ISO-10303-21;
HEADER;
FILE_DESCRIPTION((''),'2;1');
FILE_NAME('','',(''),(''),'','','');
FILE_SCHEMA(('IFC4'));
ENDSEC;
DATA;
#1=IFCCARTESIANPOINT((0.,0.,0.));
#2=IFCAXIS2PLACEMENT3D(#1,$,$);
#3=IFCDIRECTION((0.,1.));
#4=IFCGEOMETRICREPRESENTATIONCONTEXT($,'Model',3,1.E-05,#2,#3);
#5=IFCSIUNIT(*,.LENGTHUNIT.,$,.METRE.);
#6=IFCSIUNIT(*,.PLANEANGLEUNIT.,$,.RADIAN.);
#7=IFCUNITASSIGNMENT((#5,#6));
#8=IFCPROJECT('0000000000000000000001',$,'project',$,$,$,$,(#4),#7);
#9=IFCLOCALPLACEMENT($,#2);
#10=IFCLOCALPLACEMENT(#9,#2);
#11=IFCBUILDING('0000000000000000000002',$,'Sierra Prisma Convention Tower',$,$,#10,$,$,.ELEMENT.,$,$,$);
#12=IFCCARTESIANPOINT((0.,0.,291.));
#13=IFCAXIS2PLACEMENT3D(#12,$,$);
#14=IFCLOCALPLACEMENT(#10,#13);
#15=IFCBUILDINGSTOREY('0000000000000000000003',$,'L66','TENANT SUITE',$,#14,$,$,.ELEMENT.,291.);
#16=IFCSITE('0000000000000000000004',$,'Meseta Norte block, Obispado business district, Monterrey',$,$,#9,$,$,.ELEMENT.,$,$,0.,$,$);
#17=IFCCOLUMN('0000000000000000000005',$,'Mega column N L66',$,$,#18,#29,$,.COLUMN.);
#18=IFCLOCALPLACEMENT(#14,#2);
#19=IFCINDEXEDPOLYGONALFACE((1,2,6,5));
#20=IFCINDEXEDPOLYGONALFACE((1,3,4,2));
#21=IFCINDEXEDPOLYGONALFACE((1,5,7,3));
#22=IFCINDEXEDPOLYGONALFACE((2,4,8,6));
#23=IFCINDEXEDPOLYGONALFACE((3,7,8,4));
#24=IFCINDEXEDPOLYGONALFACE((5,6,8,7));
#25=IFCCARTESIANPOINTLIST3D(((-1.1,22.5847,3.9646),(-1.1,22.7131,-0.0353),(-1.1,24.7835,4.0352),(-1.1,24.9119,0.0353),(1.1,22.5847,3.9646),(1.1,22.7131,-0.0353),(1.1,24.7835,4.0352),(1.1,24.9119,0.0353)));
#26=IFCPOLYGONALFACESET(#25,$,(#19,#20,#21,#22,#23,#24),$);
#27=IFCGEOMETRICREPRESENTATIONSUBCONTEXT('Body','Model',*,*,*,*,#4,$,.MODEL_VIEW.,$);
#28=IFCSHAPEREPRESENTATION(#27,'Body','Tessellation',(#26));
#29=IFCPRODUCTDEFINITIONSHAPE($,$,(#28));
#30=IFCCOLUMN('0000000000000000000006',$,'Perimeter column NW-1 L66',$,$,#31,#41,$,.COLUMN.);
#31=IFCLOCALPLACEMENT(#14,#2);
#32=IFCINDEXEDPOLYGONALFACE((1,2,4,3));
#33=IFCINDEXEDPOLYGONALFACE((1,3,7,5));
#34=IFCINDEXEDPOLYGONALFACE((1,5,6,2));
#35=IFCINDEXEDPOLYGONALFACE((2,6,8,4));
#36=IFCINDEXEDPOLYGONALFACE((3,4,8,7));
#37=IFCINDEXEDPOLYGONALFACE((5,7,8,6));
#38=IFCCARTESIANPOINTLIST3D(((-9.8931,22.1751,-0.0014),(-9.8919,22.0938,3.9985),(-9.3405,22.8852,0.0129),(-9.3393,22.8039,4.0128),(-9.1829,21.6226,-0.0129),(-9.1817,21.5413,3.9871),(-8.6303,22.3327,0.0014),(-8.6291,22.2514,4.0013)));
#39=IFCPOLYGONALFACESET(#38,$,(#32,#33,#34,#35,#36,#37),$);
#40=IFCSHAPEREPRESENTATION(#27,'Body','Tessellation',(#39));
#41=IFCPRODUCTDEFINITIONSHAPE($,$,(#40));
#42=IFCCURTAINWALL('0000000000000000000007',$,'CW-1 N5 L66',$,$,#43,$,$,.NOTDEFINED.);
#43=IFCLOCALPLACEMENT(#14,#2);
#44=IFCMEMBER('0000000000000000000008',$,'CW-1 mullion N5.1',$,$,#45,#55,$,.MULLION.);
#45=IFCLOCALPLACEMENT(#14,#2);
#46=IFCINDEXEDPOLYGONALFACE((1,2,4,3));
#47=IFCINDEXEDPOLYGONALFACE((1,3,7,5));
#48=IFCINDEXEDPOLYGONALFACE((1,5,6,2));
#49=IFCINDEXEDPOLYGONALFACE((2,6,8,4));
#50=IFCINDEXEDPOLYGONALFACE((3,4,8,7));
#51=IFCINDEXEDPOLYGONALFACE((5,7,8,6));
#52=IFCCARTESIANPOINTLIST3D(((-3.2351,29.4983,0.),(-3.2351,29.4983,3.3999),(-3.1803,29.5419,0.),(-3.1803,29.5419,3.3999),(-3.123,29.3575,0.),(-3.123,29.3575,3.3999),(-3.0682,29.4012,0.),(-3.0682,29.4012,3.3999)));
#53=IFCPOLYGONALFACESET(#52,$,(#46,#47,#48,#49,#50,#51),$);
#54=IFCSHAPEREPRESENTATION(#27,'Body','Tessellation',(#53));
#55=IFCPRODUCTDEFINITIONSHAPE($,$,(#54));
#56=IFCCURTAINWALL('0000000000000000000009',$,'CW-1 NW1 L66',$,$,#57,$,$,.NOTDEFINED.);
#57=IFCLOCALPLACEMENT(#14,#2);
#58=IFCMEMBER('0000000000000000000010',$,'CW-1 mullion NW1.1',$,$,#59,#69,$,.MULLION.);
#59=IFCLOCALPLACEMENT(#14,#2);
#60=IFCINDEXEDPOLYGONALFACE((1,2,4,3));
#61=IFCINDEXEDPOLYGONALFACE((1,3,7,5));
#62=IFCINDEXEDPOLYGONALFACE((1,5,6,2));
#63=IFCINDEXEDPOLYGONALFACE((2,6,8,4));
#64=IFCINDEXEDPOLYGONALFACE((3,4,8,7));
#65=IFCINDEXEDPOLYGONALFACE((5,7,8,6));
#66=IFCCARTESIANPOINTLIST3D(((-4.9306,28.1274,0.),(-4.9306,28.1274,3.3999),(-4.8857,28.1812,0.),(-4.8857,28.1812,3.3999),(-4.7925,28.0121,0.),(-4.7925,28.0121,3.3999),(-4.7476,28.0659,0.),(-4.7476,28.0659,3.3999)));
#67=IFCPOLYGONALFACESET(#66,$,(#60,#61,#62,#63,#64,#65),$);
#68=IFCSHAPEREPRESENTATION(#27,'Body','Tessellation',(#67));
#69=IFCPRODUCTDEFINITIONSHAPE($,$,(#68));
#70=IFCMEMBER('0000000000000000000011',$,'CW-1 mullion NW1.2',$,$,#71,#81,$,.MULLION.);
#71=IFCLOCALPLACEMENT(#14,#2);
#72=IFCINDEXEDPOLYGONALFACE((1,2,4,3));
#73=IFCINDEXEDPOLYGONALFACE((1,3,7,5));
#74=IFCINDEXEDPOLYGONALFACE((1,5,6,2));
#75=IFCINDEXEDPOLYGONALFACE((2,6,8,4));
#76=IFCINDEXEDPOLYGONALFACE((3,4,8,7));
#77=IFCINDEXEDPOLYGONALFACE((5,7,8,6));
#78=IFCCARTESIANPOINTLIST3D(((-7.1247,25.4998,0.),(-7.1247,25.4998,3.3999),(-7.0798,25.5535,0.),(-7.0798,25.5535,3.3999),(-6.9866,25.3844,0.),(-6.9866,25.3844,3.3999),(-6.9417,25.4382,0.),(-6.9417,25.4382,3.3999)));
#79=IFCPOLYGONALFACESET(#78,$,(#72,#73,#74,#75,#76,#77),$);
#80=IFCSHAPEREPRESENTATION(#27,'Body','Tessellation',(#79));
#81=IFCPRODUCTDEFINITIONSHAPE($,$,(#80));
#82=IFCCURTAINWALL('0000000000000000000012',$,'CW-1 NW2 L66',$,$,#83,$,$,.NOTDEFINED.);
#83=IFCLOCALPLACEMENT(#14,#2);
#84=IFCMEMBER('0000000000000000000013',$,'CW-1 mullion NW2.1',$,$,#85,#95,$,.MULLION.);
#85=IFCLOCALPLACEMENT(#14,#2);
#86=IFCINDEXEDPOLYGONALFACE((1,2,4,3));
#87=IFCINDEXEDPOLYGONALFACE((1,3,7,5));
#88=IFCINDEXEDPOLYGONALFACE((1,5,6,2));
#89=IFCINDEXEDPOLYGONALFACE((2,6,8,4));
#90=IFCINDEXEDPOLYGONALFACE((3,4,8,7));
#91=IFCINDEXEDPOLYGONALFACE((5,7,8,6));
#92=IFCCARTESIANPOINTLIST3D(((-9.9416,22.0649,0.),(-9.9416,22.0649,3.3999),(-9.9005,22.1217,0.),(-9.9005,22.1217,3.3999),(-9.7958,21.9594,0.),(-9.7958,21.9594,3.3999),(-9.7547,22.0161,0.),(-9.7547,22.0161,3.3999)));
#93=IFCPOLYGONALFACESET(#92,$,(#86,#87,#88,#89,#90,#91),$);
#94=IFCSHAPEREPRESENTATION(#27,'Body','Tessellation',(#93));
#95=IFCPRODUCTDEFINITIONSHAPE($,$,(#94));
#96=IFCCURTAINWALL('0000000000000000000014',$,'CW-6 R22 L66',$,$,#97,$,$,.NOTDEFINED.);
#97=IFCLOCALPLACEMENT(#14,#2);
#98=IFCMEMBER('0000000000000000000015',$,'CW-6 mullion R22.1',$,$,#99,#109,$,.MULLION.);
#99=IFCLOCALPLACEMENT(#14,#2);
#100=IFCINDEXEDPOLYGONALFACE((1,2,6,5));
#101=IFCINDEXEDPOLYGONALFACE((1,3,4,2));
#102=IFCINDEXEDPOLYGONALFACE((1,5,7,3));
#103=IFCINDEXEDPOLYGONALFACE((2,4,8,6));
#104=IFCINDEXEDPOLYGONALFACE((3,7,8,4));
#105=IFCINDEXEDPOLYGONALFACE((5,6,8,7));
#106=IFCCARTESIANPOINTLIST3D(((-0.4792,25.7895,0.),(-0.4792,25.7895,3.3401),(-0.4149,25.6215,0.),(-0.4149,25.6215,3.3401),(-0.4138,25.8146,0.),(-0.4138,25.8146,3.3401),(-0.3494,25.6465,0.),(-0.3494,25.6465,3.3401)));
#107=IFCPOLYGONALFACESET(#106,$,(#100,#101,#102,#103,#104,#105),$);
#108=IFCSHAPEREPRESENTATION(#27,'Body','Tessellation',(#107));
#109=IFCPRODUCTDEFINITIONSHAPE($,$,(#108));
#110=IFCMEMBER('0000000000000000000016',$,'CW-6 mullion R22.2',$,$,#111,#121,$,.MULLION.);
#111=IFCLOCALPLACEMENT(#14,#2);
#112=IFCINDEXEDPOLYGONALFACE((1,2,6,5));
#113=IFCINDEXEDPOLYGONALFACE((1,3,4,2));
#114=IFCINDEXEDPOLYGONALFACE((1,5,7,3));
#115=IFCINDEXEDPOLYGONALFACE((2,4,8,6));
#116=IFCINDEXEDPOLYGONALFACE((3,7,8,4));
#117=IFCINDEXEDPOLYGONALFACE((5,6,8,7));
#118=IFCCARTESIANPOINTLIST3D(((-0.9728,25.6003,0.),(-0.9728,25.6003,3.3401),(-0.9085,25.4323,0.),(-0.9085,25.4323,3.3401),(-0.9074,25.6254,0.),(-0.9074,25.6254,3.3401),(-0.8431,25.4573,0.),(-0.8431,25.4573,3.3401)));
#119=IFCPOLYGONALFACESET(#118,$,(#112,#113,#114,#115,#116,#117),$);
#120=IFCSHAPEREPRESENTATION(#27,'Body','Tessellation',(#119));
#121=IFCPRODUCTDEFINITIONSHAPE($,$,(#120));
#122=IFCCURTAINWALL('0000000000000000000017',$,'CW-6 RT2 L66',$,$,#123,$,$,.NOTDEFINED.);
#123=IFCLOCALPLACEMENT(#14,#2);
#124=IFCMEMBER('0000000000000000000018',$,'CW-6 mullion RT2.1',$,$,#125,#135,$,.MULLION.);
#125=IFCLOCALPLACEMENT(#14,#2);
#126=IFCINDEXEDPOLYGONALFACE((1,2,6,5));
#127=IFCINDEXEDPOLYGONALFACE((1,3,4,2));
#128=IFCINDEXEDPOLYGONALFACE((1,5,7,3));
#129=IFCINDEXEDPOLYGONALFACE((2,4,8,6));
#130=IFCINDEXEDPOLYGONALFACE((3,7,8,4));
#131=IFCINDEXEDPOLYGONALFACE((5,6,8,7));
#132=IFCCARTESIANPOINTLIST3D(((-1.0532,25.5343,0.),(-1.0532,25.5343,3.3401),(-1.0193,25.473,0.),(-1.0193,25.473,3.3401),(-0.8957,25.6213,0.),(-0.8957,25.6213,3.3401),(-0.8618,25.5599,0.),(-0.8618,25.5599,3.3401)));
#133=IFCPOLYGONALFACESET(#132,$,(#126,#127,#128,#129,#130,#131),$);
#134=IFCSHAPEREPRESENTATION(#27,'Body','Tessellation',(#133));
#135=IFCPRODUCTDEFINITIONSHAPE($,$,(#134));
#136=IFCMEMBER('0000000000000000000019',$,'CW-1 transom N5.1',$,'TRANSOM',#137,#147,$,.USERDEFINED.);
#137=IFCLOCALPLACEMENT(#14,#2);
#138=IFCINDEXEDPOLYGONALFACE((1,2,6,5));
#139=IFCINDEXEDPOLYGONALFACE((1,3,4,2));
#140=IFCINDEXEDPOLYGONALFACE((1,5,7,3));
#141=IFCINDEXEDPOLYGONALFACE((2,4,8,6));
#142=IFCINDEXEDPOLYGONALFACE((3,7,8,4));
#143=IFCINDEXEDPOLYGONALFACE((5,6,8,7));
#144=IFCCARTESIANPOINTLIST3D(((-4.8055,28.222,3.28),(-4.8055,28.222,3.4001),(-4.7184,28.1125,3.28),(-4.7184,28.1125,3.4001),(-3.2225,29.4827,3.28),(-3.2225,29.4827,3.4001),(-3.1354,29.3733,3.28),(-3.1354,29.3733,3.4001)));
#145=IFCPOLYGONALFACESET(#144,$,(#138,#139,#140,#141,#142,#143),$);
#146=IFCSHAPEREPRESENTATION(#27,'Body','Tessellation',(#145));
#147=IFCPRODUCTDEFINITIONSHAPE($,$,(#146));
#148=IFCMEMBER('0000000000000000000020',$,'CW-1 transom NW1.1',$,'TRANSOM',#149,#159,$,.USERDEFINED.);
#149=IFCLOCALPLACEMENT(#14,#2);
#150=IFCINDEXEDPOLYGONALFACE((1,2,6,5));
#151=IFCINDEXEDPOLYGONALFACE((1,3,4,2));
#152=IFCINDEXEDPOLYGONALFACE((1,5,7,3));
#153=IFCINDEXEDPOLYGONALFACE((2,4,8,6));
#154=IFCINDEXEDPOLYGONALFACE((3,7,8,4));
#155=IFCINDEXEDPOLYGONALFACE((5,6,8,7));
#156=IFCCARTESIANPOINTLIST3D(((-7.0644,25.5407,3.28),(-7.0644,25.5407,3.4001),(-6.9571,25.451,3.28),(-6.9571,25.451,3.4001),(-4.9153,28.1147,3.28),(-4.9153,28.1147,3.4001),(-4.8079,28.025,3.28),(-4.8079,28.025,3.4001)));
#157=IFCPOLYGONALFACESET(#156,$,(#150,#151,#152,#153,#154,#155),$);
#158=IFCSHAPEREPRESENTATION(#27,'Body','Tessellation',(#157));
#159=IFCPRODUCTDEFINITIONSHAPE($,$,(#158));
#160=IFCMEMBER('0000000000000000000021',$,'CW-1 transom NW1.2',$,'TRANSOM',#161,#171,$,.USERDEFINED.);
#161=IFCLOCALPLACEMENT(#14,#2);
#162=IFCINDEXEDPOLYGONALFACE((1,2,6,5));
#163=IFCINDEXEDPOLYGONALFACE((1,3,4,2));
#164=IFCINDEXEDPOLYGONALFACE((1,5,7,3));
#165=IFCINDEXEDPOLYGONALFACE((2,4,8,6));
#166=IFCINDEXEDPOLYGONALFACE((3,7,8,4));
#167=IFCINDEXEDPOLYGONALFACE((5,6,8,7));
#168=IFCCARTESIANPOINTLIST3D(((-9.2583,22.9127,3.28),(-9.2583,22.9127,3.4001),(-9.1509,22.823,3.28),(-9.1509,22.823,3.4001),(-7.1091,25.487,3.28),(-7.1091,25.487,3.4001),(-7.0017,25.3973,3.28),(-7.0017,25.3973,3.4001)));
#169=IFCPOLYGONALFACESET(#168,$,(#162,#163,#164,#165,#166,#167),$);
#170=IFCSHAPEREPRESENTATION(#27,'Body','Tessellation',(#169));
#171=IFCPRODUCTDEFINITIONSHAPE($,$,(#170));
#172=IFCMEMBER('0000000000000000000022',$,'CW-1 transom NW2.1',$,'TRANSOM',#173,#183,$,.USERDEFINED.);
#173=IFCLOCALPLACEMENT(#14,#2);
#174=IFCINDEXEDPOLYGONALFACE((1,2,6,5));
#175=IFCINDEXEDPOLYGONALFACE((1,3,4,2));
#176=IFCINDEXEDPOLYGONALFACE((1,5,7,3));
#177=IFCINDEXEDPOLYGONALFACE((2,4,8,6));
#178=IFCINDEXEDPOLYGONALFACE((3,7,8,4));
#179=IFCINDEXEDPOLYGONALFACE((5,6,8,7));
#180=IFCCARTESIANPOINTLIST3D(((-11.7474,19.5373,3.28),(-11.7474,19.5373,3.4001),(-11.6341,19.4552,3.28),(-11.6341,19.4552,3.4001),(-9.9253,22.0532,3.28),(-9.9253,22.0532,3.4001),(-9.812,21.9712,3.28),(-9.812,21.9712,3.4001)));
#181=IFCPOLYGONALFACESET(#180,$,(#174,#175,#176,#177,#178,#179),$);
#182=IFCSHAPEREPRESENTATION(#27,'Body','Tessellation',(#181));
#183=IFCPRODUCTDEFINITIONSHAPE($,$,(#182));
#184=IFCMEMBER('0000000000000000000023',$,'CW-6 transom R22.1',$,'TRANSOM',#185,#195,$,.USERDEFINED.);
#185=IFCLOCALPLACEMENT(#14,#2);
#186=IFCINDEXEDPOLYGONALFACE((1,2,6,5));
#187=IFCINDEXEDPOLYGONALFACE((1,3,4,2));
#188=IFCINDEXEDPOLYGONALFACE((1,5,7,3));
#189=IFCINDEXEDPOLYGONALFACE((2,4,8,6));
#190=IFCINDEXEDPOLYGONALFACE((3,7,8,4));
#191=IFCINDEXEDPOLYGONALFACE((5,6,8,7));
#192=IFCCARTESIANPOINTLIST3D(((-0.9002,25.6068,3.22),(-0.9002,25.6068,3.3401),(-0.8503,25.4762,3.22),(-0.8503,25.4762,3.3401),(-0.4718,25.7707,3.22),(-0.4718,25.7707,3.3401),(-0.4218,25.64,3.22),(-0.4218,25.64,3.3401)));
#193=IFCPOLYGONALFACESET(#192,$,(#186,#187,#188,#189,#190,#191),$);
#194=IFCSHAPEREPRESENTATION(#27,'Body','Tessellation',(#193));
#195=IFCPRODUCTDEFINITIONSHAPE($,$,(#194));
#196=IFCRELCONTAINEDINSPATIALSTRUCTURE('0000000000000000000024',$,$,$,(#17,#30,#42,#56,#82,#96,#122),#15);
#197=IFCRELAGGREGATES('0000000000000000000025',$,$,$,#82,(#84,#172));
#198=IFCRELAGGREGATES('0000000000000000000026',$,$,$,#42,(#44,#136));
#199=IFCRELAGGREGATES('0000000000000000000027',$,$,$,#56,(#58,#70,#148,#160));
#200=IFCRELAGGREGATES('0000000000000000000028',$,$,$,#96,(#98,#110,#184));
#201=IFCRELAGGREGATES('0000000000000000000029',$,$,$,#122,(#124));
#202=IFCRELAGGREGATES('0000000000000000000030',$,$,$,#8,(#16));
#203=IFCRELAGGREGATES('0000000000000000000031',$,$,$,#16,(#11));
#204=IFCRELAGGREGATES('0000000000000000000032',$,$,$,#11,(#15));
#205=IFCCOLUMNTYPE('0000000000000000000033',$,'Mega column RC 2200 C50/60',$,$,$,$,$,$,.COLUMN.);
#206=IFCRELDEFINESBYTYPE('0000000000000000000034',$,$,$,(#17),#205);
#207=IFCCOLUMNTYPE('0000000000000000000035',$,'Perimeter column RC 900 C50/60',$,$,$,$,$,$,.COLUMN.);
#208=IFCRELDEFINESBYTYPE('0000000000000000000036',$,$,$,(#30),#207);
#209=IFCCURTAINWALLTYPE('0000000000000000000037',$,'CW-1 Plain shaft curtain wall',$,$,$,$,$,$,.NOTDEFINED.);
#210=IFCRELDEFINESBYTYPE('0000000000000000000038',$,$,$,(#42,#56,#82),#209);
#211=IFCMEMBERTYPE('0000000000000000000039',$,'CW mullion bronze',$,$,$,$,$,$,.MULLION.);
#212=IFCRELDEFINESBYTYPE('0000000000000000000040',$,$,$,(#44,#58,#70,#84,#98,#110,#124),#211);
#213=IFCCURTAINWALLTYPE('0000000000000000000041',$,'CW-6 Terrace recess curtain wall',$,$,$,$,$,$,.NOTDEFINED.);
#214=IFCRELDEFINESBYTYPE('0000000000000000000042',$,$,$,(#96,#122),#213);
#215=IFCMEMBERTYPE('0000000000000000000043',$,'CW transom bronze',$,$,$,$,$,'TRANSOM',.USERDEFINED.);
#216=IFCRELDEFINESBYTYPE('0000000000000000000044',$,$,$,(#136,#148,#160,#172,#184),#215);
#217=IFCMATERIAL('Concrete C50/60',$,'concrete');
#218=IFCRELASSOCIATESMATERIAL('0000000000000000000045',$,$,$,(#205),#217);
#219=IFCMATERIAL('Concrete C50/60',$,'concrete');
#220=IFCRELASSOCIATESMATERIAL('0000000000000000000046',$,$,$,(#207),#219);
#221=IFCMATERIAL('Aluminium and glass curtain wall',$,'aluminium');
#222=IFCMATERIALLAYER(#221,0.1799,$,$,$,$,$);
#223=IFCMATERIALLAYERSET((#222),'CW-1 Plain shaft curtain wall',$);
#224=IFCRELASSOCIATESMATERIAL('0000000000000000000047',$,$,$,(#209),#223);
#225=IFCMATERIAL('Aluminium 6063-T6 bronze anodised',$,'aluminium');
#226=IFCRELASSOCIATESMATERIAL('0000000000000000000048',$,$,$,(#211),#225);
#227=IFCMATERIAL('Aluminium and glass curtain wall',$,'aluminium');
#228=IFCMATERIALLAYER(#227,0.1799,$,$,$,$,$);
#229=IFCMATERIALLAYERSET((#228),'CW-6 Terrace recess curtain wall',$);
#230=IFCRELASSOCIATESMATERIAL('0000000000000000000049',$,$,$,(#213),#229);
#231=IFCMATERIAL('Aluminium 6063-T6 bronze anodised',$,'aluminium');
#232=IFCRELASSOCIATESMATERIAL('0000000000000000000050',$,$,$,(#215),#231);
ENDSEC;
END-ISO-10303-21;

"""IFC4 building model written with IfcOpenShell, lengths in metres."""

from ifc_helpers import new_model, si_unit, direction, frame, origin, origin_2d, place, context, subcontext, project, spatial, rectangle, extrude, material, layer, layer_set, material_profile, profile_set, type_object, element, aggregate, save


model = new_model("IFC4")

# Units and contexts
model_context = context("Model", 3, precision=1e-05, world=origin(), true_north=direction((0.0, 1.0)))
body_context = subcontext(model_context, "Body", "Model", "MODEL_VIEW")
ifc_project = project(units=[si_unit("LENGTHUNIT", "METRE"), si_unit("PLANEANGLEUNIT", "RADIAN")], contexts=[model_context])

# Site, building, storey
site_placement = place(None, origin())
site = spatial("IfcSite", under=ifc_project, at=site_placement, Name="Meseta Norte block, Obispado business district, Monterrey", CompositionType="ELEMENT", RefElevation=0.0)
building_placement = place(site_placement, origin())
building = spatial("IfcBuilding", under=site, at=building_placement, Name="Sierra Prisma Convention Tower", CompositionType="ELEMENT")
storey_placement = place(building_placement, frame((0.0, 0.0, 291.0)))
storey = spatial("IfcBuildingStorey", under=building, at=storey_placement, Name="L66", Description="TENANT SUITE", CompositionType="ELEMENT", Elevation=291.0)

# Columns
ifc_material_1 = material(Name="Concrete C50/60", Category="concrete")
ifc_material_profile_1 = material_profile(ifc_material_1, rectangle(XDim=2.2, YDim=2.2, at=origin_2d()), Name="Mega column RC 2200 C50/60")
ifc_profile_set_1 = profile_set([ifc_material_profile_1], Name="Concrete C50/60")
column_type_1 = type_object("IfcColumnType", Name="Mega column RC 2200 C50/60", PredefinedType="COLUMN", material=ifc_profile_set_1)
column_1_placement = place(storey_placement, frame((0.0, 23.8125, 0.0), z_axis=(0.0, -0.032088, 0.999485), x_axis=(1.0, 0.0, 0.0)))
element("IfcColumn", 1, at=column_1_placement, inside=storey, type_object=column_type_1, Name="Mega column N L66", PredefinedType="COLUMN", context=body_context, shape_type="SweptSolid", body=[
    extrude(rectangle(XDim=2.2, YDim=2.2, at=origin_2d()), origin(), (0.0, 0.0, 1.0), 4.002),
])
ifc_material_2 = material(Name="Concrete C50/60", Category="concrete")
ifc_material_profile_2 = material_profile(ifc_material_2, rectangle(XDim=0.8999, YDim=0.8999, at=origin_2d()), Name="Perimeter column RC 900 C50/60")
ifc_profile_set_2 = profile_set([ifc_material_profile_2], Name="Concrete C50/60")
column_type_2 = type_object("IfcColumnType", Name="Perimeter column RC 900 C50/60", PredefinedType="COLUMN", material=ifc_profile_set_2)
column_2_placement = place(storey_placement, frame((-9.2617, 22.2539, 0.0), z_axis=(0.000305, -0.020321, 0.999793), x_axis=(0.614107, 0.789063, 0.01585)))
element("IfcColumn", 2, at=column_2_placement, inside=storey, type_object=column_type_2, Name="Perimeter column NW-1 L66", PredefinedType="COLUMN", context=body_context, shape_type="SweptSolid", body=[
    extrude(rectangle(XDim=0.8999, YDim=0.8999, at=origin_2d()), origin(), (0.0, 0.0, 1.0), 4.0007),
])

# Curtain wall, member
ifc_material_3 = material(Name="Aluminium and glass curtain wall", Category="aluminium")
ifc_layer_1 = layer(ifc_material_3, 0.1799)
ifc_layer_set_1 = layer_set([ifc_layer_1], Name="CW-1 Plain shaft curtain wall")
curtain_wall_type_1 = type_object("IfcCurtainWallType", Name="CW-1 Plain shaft curtain wall", PredefinedType="NOTDEFINED", material=ifc_layer_set_1)
curtain_wall_1_placement = place(storey_placement, origin())
curtain_wall_1 = element("IfcCurtainWall", 3, at=curtain_wall_1_placement, inside=storey, type_object=curtain_wall_type_1, Name="CW-1 N5 L66", PredefinedType="NOTDEFINED")
ifc_material_4 = material(Name="Aluminium 6063-T6 bronze anodised", Category="aluminium")
ifc_material_profile_3 = material_profile(ifc_material_4, rectangle(XDim=0.1799, YDim=0.0701, at=origin_2d()), Name="ALU MULLION 70x180")
ifc_profile_set_3 = profile_set([ifc_material_profile_3], Name="Aluminium 6063-T6 bronze anodised")
member_type_1 = type_object("IfcMemberType", Name="CW mullion bronze", PredefinedType="MULLION", material=ifc_profile_set_3)
member_1_placement = place(storey_placement, frame((-3.1516, 29.4497, 0.0), z_axis=(0.0, 0.0, 1.0), x_axis=(0.622999, -0.782222, 0.0)))
member_1 = element("IfcMember", 4, at=member_1_placement, type_object=member_type_1, Name="CW-1 mullion N5.1", PredefinedType="MULLION", context=body_context, shape_type="SweptSolid", body=[
    extrude(rectangle(XDim=0.1799, YDim=0.0701, at=origin_2d()), origin(), (0.0, 0.0, 1.0), 3.3999),
])

# Curtain wall, members
curtain_wall_2_placement = place(storey_placement, origin())
curtain_wall_2 = element("IfcCurtainWall", 5, at=curtain_wall_2_placement, inside=storey, type_object=curtain_wall_type_1, Name="CW-1 NW1 L66", PredefinedType="NOTDEFINED")
member_2_placement = place(storey_placement, frame((-4.8391, 28.0967, 0.0), z_axis=(0.0, 0.0, 1.0), x_axis=(0.767626, -0.640898, 0.0)))
member_2 = element("IfcMember", 6, at=member_2_placement, type_object=member_type_1, Name="CW-1 mullion NW1.1", PredefinedType="MULLION", context=body_context, shape_type="SweptSolid", body=[
    extrude(rectangle(XDim=0.1799, YDim=0.0701, at=origin_2d()), origin(), (0.0, 0.0, 1.0), 3.3999),
])
member_3_placement = place(storey_placement, frame((-7.0332, 25.469, 0.0), z_axis=(0.0, 0.0, 1.0), x_axis=(0.767626, -0.640898, 0.0)))
member_3 = element("IfcMember", 7, at=member_3_placement, type_object=member_type_1, Name="CW-1 mullion NW1.2", PredefinedType="MULLION", context=body_context, shape_type="SweptSolid", body=[
    extrude(rectangle(XDim=0.1799, YDim=0.0701, at=origin_2d()), origin(), (0.0, 0.0, 1.0), 3.3999),
])

# Curtain wall, member
curtain_wall_3_placement = place(storey_placement, origin())
curtain_wall_3 = element("IfcCurtainWall", 8, at=curtain_wall_3_placement, inside=storey, type_object=curtain_wall_type_1, Name="CW-1 NW2 L66", PredefinedType="NOTDEFINED")
member_4_placement = place(storey_placement, frame((-9.8481, 22.0405, 0.0), z_axis=(0.0, 0.0, 1.0), x_axis=(0.809885, -0.586589, 0.0)))
member_4 = element("IfcMember", 9, at=member_4_placement, type_object=member_type_1, Name="CW-1 mullion NW2.1", PredefinedType="MULLION", context=body_context, shape_type="SweptSolid", body=[
    extrude(rectangle(XDim=0.1799, YDim=0.0701, at=origin_2d()), origin(), (0.0, 0.0, 1.0), 3.3999),
])

# Curtain wall, members
ifc_material_5 = material(Name="Aluminium and glass curtain wall", Category="aluminium")
ifc_layer_2 = layer(ifc_material_5, 0.1799)
ifc_layer_set_2 = layer_set([ifc_layer_2], Name="CW-6 Terrace recess curtain wall")
curtain_wall_type_2 = type_object("IfcCurtainWallType", Name="CW-6 Terrace recess curtain wall", PredefinedType="NOTDEFINED", material=ifc_layer_set_2)
curtain_wall_4_placement = place(storey_placement, origin())
curtain_wall_4 = element("IfcCurtainWall", 10, at=curtain_wall_4_placement, inside=storey, type_object=curtain_wall_type_2, Name="CW-6 R22 L66", PredefinedType="NOTDEFINED")
member_5_placement = place(storey_placement, frame((-0.4143, 25.718, 0.0), z_axis=(0.0, 0.0, 1.0), x_axis=(0.357543, -0.933897, 0.0)))
member_5 = element("IfcMember", 11, at=member_5_placement, type_object=member_type_1, Name="CW-6 mullion R22.1", PredefinedType="MULLION", context=body_context, shape_type="SweptSolid", body=[
    extrude(rectangle(XDim=0.1799, YDim=0.0701, at=origin_2d()), origin(), (0.0, 0.0, 1.0), 3.3401),
])
member_6_placement = place(storey_placement, frame((-0.908, 25.5288, 0.0), z_axis=(0.0, 0.0, 1.0), x_axis=(0.357543, -0.933897, 0.0)))
member_6 = element("IfcMember", 12, at=member_6_placement, type_object=member_type_1, Name="CW-6 mullion R22.2", PredefinedType="MULLION", context=body_context, shape_type="SweptSolid", body=[
    extrude(rectangle(XDim=0.1799, YDim=0.0701, at=origin_2d()), origin(), (0.0, 0.0, 1.0), 3.3401),
])

# Curtain wall, member
curtain_wall_5_placement = place(storey_placement, origin())
curtain_wall_5 = element("IfcCurtainWall", 13, at=curtain_wall_5_placement, inside=storey, type_object=curtain_wall_type_2, Name="CW-6 RT2 L66", PredefinedType="NOTDEFINED")
member_7_placement = place(storey_placement, frame((-0.9575, 25.5471, 0.0), z_axis=(0.0, 0.0, 1.0), x_axis=(-0.875451, -0.483307, 0.0)))
member_7 = element("IfcMember", 14, at=member_7_placement, type_object=member_type_1, Name="CW-6 mullion RT2.1", PredefinedType="MULLION", context=body_context, shape_type="SweptSolid", body=[
    extrude(rectangle(XDim=0.1799, YDim=0.0701, at=origin_2d()), origin(), (0.0, 0.0, 1.0), 3.3401),
])

# Members
ifc_material_6 = material(Name="Aluminium 6063-T6 bronze anodised", Category="aluminium")
ifc_material_profile_4 = material_profile(ifc_material_6, rectangle(XDim=0.1399, YDim=0.1201, at=origin_2d()), Name="ALU TRANSOM 120x140")
ifc_profile_set_4 = profile_set([ifc_material_profile_4], Name="Aluminium 6063-T6 bronze anodised")
member_type_2 = type_object("IfcMemberType", Name="CW transom bronze", ElementType="TRANSOM", PredefinedType="USERDEFINED", material=ifc_profile_set_4)
member_8_placement = place(storey_placement, frame((-3.179, 29.428, 3.3401), z_axis=(-0.782232, -0.622987, 0.0), x_axis=(0.622987, -0.782232, 0.0)))
member_8 = element("IfcMember", 15, at=member_8_placement, type_object=member_type_2, Name="CW-1 transom N5.1", ObjectType="TRANSOM", PredefinedType="USERDEFINED", context=body_context, shape_type="SweptSolid", body=[
    extrude(rectangle(XDim=0.1399, YDim=0.1201, at=origin_2d()), origin(), (0.0, 0.0, 1.0), 2.0237),
])
member_9_placement = place(storey_placement, frame((-4.8616, 28.0698, 3.3401), z_axis=(-0.640922, -0.767606, 0.0), x_axis=(0.767606, -0.640922, 0.0)))
member_9 = element("IfcMember", 16, at=member_9_placement, type_object=member_type_2, Name="CW-1 transom NW1.1", ObjectType="TRANSOM", PredefinedType="USERDEFINED", context=body_context, shape_type="SweptSolid", body=[
    extrude(rectangle(XDim=0.1399, YDim=0.1201, at=origin_2d()), origin(), (0.0, 0.0, 1.0), 3.3533),
])
member_10_placement = place(storey_placement, frame((-7.0554, 25.4421, 3.3401), z_axis=(-0.640886, -0.767636, 0.0), x_axis=(0.767636, -0.640886, 0.0)))
member_10 = element("IfcMember", 17, at=member_10_placement, type_object=member_type_2, Name="CW-1 transom NW1.2", ObjectType="TRANSOM", PredefinedType="USERDEFINED", context=body_context, shape_type="SweptSolid", body=[
    extrude(rectangle(XDim=0.1399, YDim=0.1201, at=origin_2d()), origin(), (0.0, 0.0, 1.0), 3.3535),
])
member_11_placement = place(storey_placement, frame((-9.8687, 22.0122, 3.3401), z_axis=(-0.586549, -0.809914, 0.0), x_axis=(0.809914, -0.586549, 0.0)))
member_11 = element("IfcMember", 18, at=member_11_placement, type_object=member_type_2, Name="CW-1 transom NW2.1", ObjectType="TRANSOM", PredefinedType="USERDEFINED", context=body_context, shape_type="SweptSolid", body=[
    extrude(rectangle(XDim=0.1399, YDim=0.1201, at=origin_2d()), origin(), (0.0, 0.0, 1.0), 3.1064),
])
aggregate(curtain_wall_3, [member_4, member_11])
member_12_placement = place(storey_placement, frame((-0.4468, 25.7053, 3.28), z_axis=(-0.934057, -0.357124, 0.0), x_axis=(0.357124, -0.934057, 0.0)))
member_12 = element("IfcMember", 19, at=member_12_placement, type_object=member_type_2, Name="CW-6 transom R22.1", ObjectType="TRANSOM", PredefinedType="USERDEFINED", context=body_context, shape_type="SweptSolid", body=[
    extrude(rectangle(XDim=0.1399, YDim=0.1201, at=origin_2d()), origin(), (0.0, 0.0, 1.0), 0.4587),
])

aggregate(curtain_wall_1, [member_1, member_8])
aggregate(curtain_wall_2, [member_2, member_3, member_9, member_10])

aggregate(curtain_wall_4, [member_5, member_6, member_12])
aggregate(curtain_wall_5, [member_7])

save(model, "model.ifc")
